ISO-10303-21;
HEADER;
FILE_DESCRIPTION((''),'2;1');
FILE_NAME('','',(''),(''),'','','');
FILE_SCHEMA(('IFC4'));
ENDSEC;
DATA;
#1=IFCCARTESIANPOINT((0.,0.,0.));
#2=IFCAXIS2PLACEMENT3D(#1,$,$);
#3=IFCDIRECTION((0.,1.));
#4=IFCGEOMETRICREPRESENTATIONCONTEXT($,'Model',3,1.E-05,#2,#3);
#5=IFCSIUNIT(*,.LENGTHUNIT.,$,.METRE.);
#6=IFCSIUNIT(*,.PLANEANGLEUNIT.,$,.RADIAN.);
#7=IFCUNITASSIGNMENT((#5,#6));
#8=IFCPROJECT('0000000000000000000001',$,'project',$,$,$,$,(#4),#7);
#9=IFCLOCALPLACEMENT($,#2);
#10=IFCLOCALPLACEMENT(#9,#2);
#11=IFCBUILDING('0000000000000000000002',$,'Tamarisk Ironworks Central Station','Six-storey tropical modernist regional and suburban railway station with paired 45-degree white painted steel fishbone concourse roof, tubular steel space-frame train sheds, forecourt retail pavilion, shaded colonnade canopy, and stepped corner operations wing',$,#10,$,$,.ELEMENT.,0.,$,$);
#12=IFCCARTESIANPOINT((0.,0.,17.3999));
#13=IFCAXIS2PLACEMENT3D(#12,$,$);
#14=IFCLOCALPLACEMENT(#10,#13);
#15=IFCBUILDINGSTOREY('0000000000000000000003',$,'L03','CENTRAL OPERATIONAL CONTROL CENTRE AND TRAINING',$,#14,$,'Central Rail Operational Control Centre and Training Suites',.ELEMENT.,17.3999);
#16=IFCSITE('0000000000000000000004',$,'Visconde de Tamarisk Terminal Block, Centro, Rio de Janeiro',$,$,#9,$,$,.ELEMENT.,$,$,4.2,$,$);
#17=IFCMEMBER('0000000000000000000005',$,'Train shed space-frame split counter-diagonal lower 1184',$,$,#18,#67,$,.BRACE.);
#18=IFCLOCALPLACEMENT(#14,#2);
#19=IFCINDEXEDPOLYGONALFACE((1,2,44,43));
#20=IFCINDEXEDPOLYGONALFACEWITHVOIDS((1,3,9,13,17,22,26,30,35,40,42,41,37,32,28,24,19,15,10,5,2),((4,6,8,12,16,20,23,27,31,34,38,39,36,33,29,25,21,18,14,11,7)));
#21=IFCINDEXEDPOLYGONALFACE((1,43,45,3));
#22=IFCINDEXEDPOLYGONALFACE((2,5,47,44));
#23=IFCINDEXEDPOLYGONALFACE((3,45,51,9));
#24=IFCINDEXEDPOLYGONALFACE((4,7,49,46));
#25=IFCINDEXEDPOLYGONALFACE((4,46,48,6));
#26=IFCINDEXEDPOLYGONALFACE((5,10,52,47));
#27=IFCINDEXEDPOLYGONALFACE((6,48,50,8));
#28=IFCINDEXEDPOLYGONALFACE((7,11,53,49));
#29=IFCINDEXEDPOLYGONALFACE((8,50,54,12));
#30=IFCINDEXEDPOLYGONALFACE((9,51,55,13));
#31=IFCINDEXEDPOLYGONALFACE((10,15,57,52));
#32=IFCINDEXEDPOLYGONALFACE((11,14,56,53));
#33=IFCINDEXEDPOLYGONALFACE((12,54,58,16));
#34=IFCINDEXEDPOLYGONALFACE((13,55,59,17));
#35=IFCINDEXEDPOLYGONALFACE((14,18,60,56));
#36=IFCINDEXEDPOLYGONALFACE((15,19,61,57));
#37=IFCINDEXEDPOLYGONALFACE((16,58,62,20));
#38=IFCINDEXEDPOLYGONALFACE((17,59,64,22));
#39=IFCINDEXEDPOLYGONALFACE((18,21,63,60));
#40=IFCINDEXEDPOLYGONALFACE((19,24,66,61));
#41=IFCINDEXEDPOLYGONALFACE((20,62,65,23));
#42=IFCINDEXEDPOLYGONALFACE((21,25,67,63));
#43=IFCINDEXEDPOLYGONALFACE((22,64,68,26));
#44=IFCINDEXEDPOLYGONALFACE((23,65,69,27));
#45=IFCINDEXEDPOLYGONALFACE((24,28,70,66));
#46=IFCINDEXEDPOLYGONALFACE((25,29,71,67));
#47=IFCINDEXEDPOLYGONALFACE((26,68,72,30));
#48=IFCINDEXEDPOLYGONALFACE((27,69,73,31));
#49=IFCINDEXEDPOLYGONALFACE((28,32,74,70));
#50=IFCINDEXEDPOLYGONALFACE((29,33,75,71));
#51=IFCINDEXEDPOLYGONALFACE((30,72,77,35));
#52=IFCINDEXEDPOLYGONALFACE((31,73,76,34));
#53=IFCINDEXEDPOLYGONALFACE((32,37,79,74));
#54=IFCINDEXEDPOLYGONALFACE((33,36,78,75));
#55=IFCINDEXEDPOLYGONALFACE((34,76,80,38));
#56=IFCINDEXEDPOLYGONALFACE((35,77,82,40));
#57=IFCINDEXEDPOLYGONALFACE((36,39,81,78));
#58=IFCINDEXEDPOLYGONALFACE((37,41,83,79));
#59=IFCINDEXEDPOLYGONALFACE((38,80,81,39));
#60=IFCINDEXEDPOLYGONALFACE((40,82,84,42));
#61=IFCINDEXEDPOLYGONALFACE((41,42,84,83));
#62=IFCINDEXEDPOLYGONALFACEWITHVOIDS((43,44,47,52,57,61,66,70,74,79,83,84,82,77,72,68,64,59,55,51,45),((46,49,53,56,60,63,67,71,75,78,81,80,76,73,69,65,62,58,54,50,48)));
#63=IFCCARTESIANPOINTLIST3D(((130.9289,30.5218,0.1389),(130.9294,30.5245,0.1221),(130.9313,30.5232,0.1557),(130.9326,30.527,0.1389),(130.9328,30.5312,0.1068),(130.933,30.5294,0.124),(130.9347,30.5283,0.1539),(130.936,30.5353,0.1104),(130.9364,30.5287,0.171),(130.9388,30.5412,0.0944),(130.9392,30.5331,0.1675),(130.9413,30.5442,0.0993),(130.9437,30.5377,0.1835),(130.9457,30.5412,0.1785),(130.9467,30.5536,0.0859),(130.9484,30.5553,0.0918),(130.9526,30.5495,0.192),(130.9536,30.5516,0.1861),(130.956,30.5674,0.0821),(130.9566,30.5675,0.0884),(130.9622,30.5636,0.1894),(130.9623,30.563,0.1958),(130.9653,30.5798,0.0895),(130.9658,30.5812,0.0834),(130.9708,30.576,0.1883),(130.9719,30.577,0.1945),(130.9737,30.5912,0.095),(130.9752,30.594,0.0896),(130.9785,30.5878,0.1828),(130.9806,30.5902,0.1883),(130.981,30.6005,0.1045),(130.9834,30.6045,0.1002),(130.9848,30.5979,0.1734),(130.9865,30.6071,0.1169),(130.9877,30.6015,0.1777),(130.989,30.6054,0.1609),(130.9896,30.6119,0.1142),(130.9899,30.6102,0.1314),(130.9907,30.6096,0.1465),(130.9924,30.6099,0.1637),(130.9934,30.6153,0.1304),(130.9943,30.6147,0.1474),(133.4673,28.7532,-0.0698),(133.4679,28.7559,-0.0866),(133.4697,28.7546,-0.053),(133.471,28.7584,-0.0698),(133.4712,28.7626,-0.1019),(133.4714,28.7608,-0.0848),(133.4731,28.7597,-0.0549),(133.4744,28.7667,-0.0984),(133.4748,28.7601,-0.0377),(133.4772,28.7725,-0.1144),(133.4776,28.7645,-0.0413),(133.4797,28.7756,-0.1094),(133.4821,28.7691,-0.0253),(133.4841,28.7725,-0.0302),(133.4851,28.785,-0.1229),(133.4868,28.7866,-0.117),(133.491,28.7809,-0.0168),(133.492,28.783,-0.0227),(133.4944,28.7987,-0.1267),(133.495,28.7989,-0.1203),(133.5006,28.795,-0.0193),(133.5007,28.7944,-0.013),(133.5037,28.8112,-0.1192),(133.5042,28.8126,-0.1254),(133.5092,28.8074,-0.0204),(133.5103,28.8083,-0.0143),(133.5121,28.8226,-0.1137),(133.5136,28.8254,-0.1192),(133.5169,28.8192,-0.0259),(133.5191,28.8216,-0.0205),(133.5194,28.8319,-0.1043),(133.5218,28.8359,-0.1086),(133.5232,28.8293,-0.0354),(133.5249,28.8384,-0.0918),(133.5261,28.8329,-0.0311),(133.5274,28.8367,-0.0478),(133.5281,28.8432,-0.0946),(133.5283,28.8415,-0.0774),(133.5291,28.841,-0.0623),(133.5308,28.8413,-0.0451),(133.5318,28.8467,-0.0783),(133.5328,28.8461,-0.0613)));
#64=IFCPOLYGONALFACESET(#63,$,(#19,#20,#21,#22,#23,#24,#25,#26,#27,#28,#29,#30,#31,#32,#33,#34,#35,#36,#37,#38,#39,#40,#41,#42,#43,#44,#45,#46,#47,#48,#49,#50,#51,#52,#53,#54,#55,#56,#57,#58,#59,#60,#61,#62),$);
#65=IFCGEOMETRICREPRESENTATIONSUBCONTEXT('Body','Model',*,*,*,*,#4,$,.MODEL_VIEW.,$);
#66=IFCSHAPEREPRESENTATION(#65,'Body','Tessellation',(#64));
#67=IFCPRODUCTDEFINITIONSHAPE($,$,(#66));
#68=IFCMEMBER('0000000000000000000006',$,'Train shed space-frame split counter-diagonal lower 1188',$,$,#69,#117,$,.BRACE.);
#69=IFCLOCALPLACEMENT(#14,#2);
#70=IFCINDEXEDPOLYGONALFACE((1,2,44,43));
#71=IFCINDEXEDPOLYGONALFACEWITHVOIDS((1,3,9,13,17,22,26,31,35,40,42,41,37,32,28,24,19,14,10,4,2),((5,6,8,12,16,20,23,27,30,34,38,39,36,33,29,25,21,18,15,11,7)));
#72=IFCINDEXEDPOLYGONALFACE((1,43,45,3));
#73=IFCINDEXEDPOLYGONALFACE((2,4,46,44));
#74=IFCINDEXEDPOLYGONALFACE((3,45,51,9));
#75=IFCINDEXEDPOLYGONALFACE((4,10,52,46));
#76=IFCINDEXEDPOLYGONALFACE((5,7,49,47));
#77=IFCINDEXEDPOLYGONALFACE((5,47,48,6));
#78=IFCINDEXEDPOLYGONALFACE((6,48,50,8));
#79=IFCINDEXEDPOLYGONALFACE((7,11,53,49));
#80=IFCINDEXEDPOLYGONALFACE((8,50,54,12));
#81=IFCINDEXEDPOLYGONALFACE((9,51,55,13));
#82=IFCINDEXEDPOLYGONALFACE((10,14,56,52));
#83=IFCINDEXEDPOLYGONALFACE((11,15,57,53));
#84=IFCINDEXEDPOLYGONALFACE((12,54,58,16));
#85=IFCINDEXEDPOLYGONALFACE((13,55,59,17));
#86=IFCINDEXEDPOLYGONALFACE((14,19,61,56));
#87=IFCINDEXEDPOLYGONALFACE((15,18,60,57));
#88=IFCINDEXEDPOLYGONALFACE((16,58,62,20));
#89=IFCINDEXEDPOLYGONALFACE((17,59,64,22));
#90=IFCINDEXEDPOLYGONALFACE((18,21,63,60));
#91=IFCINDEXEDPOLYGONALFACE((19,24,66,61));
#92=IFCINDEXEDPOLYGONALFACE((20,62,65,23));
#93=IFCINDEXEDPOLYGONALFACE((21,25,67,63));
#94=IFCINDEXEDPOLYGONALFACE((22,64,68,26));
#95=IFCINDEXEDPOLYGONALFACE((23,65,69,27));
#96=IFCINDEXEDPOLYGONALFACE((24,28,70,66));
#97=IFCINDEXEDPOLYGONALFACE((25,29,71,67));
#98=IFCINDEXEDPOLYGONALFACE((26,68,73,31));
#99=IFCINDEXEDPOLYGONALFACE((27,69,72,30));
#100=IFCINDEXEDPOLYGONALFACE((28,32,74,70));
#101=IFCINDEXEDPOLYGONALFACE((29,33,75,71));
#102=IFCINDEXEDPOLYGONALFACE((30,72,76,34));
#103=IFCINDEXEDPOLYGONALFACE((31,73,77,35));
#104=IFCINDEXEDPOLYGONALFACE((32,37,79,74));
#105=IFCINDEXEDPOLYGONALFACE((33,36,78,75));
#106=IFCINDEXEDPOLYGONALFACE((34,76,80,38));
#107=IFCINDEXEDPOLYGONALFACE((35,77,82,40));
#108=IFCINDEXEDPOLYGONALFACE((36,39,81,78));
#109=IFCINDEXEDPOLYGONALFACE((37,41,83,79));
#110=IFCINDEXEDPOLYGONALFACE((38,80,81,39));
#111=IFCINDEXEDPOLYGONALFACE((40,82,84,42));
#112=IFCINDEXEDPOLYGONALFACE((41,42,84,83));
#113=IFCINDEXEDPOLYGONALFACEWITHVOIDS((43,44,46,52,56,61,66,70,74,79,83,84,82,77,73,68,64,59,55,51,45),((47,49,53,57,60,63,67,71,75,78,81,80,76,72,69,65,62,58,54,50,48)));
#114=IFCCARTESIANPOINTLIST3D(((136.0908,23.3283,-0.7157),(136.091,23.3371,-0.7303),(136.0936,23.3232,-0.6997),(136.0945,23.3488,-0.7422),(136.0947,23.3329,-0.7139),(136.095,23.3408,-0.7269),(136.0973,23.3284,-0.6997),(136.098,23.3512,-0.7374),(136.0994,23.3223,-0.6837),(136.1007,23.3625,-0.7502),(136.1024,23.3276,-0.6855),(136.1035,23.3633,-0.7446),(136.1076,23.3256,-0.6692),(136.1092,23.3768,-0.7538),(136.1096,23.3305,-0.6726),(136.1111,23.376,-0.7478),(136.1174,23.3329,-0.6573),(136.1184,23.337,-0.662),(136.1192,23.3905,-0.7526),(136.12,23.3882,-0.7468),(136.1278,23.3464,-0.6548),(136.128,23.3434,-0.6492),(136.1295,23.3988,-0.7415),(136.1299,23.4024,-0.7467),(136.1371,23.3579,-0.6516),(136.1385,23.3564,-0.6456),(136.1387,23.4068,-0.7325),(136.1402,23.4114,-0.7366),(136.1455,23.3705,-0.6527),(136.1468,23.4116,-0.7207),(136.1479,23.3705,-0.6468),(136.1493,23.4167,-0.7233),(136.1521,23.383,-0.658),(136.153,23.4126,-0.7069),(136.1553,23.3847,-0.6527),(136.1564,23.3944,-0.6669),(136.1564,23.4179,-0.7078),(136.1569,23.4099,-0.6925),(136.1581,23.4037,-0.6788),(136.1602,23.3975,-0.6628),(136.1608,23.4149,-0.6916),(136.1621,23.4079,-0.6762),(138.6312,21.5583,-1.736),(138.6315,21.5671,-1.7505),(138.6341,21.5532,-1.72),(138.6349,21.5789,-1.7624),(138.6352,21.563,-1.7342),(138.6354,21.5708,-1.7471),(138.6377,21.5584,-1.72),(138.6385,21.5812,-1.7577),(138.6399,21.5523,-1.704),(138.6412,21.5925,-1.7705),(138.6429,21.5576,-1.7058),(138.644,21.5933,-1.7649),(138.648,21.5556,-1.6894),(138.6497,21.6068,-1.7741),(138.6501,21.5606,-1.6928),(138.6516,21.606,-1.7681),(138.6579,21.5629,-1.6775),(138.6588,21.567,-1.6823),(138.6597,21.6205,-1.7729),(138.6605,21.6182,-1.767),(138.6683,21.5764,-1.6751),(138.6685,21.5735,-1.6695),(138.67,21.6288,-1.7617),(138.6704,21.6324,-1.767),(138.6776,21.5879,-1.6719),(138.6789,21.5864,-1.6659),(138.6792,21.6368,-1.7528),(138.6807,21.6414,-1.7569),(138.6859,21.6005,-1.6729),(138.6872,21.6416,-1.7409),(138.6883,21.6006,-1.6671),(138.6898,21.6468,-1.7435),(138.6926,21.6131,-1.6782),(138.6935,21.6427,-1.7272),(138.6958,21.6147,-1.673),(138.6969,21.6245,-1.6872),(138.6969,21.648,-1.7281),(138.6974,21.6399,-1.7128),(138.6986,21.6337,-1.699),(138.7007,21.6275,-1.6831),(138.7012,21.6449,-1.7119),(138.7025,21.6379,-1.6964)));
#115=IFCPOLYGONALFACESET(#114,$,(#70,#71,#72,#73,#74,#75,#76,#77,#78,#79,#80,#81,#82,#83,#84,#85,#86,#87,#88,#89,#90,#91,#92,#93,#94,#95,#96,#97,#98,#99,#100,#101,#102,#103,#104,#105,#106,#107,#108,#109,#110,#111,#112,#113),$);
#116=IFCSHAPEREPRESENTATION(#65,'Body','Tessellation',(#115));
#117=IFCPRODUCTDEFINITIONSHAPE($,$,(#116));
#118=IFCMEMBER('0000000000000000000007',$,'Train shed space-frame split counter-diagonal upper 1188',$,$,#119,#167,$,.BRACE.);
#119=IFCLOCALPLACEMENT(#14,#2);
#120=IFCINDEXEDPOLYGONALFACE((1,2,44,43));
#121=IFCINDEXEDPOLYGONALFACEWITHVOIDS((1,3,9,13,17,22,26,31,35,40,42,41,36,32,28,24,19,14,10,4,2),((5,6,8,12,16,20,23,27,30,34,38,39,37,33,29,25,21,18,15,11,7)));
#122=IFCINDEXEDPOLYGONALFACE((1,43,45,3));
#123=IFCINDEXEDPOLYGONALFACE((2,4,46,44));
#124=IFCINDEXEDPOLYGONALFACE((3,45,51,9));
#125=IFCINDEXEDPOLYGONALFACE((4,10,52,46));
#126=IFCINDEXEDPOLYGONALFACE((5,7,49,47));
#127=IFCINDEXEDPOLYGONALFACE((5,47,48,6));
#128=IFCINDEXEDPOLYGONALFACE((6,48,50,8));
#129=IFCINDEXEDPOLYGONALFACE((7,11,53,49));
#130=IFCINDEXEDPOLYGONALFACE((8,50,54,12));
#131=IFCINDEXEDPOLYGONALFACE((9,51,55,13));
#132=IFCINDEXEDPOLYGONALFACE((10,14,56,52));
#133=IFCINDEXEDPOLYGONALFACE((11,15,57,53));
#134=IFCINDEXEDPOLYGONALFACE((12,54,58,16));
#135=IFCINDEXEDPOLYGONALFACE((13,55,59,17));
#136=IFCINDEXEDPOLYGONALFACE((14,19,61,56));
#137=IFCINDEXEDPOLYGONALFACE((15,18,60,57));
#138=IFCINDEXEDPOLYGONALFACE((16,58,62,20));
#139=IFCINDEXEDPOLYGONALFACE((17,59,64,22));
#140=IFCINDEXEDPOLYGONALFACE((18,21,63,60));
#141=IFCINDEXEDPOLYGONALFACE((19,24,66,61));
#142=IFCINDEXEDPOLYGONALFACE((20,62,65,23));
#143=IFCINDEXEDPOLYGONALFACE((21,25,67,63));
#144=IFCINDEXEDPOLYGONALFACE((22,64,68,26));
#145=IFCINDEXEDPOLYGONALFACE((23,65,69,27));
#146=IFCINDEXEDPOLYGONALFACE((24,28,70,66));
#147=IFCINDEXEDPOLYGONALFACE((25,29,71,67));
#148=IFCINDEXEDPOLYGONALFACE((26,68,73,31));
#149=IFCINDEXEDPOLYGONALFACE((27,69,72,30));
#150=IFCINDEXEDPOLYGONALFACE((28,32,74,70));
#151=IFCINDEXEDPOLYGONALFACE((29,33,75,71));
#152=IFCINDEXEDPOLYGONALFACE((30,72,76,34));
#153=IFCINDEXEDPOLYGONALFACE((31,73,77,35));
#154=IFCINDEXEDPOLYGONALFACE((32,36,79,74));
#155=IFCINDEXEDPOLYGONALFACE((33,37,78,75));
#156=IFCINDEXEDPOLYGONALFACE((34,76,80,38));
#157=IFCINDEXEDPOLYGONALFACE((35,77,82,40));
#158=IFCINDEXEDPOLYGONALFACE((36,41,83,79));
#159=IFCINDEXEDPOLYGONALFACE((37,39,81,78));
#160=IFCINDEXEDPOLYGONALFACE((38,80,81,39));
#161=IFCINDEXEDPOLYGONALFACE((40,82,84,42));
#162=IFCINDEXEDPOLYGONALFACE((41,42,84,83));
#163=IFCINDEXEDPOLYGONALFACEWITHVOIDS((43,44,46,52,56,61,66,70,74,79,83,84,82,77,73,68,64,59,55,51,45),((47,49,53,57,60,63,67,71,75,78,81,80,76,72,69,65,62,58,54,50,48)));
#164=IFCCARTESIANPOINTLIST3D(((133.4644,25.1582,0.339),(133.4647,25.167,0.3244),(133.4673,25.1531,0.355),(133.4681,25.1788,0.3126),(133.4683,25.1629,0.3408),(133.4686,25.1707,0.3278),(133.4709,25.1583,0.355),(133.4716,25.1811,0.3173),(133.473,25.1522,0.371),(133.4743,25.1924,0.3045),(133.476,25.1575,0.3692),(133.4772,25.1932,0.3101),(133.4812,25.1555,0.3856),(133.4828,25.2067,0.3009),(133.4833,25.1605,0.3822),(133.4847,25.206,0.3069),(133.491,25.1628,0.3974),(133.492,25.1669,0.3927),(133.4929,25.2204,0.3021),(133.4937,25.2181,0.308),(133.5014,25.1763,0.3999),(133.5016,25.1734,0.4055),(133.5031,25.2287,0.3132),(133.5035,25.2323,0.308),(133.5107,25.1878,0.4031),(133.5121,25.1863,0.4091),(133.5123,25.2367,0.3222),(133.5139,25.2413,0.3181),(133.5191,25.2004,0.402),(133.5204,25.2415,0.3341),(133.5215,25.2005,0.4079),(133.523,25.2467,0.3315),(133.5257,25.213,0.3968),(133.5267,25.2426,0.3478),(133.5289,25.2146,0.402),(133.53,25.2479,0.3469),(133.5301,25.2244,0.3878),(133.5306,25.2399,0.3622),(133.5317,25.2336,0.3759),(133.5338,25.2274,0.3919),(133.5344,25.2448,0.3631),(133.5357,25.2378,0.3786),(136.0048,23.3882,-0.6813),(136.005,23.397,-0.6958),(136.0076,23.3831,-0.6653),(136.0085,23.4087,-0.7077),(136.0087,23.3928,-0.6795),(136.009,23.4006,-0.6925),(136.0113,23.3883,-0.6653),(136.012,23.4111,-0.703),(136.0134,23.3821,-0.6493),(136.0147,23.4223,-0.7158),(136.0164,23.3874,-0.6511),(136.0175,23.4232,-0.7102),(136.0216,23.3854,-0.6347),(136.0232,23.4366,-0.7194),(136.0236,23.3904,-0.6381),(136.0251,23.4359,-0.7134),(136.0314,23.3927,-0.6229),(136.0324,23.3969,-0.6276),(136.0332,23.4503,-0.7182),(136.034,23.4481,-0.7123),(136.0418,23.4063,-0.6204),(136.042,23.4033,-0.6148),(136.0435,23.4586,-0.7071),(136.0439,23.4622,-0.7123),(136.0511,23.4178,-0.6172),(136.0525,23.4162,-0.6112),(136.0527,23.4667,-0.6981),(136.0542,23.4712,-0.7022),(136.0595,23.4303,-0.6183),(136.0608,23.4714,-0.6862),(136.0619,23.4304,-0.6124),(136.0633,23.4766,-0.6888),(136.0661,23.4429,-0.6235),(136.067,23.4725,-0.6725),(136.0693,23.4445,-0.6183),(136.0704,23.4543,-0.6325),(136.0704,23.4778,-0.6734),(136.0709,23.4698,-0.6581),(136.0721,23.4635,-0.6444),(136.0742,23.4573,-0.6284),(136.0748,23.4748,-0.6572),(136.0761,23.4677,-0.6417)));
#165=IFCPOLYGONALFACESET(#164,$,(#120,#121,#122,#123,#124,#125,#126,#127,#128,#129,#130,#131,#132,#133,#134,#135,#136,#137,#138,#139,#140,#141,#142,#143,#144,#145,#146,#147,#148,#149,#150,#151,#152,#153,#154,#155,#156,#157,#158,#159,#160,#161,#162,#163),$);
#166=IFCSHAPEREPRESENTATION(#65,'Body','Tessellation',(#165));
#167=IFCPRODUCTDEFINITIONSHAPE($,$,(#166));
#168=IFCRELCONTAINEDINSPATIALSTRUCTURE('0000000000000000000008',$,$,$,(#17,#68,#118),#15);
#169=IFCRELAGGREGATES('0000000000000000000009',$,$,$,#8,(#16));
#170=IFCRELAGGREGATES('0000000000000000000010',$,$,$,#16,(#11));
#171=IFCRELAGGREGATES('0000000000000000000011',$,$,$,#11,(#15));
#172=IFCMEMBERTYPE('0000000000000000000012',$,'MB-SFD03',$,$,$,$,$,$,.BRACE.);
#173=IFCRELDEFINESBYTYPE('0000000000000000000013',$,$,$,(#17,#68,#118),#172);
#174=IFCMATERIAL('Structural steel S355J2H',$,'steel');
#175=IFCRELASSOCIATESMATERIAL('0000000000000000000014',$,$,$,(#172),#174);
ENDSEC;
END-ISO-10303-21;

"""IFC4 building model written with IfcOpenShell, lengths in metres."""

from ifc_helpers import new_model, si_unit, direction, frame, origin, origin_2d, place, context, subcontext, project, spatial, hollow_circle, extrude, material, material_profile, profile_set, type_object, element, save


model = new_model("IFC4")

# Units and contexts
model_context = context("Model", 3, precision=1e-05, world=origin(), true_north=direction((0.0, 1.0)))
body_context = subcontext(model_context, "Body", "Model", "MODEL_VIEW")
ifc_project = project(units=[si_unit("LENGTHUNIT", "METRE"), si_unit("PLANEANGLEUNIT", "RADIAN")], contexts=[model_context])

# Site, building, storey
site_placement = place(None, origin())
site = spatial("IfcSite", under=ifc_project, at=site_placement, Name="Visconde de Tamarisk Terminal Block, Centro, Rio de Janeiro", CompositionType="ELEMENT", RefElevation=4.2)
building_placement = place(site_placement, origin())
building = spatial("IfcBuilding", under=site, at=building_placement, Name="Tamarisk Ironworks Central Station", Description="Six-storey tropical modernist regional and suburban railway station with paired 45-degree white painted steel fishbone concourse roof, tubular steel space-frame train sheds, forecourt retail pavilion, shaded colonnade canopy, and stepped corner operations wing", CompositionType="ELEMENT", ElevationOfRefHeight=0.0)
storey_placement = place(building_placement, frame((0.0, 0.0, 17.3999)))
storey = spatial("IfcBuildingStorey", under=building, at=storey_placement, Name="L03", Description="CENTRAL OPERATIONAL CONTROL CENTRE AND TRAINING", LongName="Central Rail Operational Control Centre and Training Suites", CompositionType="ELEMENT", Elevation=17.3999)

# Members
ifc_material_1 = material(Name="Structural steel S355J2H", Category="steel")
ifc_material_profile_1 = material_profile(ifc_material_1, hollow_circle(Radius=0.0571, WallThickness=0.0063, at=origin_2d()), Name="CHS 114.3x6.3")
ifc_profile_set_1 = profile_set([ifc_material_profile_1], Name="Structural steel S355J2H")
member_type_1 = type_object("IfcMemberType", Name="MB-SFD03", PredefinedType="BRACE", material=ifc_profile_set_1)
member_1_placement = place(storey_placement, frame((133.5, 28.8, -0.0698), z_axis=(-0.818625, 0.570369, 0.06732), x_axis=(-0.571666, -0.820487, 0.0)))
element("IfcMember", 1, at=member_1_placement, inside=storey, type_object=member_type_1, Name="Train shed space-frame split counter-diagonal lower 1184", PredefinedType="BRACE", context=body_context, shape_type="SweptSolid", body=[
    extrude(hollow_circle(Radius=0.0571, WallThickness=0.0063, at=origin_2d()), origin(), (0.0, 0.0, 1.0), 3.1008),
])
for number, where, z_axis, x_axis, name in (
    (2, (138.6667, 21.6001, -1.72), (-0.779281, 0.542936, 0.312956), (-0.571651, -0.820497, 0.0), "Train shed space-frame split counter-diagonal lower 1188"),
    (3, (136.0403, 23.4299, -0.6653), (-0.779252, 0.542967, 0.312974), (-0.571688, -0.820471, 0.0), "Train shed space-frame split counter-diagonal upper 1188"),
):
    element("IfcMember", number, at=place(storey_placement, frame(where, z_axis=z_axis, x_axis=x_axis)), inside=storey, type_object=member_type_1, Name=name, PredefinedType="BRACE", context=body_context, shape_type="SweptSolid", body=[
        extrude(hollow_circle(Radius=0.0571, WallThickness=0.0063, at=origin_2d()), origin(), (0.0, 0.0, 1.0), 3.26),
    ])

save(model, "model.ifc")
